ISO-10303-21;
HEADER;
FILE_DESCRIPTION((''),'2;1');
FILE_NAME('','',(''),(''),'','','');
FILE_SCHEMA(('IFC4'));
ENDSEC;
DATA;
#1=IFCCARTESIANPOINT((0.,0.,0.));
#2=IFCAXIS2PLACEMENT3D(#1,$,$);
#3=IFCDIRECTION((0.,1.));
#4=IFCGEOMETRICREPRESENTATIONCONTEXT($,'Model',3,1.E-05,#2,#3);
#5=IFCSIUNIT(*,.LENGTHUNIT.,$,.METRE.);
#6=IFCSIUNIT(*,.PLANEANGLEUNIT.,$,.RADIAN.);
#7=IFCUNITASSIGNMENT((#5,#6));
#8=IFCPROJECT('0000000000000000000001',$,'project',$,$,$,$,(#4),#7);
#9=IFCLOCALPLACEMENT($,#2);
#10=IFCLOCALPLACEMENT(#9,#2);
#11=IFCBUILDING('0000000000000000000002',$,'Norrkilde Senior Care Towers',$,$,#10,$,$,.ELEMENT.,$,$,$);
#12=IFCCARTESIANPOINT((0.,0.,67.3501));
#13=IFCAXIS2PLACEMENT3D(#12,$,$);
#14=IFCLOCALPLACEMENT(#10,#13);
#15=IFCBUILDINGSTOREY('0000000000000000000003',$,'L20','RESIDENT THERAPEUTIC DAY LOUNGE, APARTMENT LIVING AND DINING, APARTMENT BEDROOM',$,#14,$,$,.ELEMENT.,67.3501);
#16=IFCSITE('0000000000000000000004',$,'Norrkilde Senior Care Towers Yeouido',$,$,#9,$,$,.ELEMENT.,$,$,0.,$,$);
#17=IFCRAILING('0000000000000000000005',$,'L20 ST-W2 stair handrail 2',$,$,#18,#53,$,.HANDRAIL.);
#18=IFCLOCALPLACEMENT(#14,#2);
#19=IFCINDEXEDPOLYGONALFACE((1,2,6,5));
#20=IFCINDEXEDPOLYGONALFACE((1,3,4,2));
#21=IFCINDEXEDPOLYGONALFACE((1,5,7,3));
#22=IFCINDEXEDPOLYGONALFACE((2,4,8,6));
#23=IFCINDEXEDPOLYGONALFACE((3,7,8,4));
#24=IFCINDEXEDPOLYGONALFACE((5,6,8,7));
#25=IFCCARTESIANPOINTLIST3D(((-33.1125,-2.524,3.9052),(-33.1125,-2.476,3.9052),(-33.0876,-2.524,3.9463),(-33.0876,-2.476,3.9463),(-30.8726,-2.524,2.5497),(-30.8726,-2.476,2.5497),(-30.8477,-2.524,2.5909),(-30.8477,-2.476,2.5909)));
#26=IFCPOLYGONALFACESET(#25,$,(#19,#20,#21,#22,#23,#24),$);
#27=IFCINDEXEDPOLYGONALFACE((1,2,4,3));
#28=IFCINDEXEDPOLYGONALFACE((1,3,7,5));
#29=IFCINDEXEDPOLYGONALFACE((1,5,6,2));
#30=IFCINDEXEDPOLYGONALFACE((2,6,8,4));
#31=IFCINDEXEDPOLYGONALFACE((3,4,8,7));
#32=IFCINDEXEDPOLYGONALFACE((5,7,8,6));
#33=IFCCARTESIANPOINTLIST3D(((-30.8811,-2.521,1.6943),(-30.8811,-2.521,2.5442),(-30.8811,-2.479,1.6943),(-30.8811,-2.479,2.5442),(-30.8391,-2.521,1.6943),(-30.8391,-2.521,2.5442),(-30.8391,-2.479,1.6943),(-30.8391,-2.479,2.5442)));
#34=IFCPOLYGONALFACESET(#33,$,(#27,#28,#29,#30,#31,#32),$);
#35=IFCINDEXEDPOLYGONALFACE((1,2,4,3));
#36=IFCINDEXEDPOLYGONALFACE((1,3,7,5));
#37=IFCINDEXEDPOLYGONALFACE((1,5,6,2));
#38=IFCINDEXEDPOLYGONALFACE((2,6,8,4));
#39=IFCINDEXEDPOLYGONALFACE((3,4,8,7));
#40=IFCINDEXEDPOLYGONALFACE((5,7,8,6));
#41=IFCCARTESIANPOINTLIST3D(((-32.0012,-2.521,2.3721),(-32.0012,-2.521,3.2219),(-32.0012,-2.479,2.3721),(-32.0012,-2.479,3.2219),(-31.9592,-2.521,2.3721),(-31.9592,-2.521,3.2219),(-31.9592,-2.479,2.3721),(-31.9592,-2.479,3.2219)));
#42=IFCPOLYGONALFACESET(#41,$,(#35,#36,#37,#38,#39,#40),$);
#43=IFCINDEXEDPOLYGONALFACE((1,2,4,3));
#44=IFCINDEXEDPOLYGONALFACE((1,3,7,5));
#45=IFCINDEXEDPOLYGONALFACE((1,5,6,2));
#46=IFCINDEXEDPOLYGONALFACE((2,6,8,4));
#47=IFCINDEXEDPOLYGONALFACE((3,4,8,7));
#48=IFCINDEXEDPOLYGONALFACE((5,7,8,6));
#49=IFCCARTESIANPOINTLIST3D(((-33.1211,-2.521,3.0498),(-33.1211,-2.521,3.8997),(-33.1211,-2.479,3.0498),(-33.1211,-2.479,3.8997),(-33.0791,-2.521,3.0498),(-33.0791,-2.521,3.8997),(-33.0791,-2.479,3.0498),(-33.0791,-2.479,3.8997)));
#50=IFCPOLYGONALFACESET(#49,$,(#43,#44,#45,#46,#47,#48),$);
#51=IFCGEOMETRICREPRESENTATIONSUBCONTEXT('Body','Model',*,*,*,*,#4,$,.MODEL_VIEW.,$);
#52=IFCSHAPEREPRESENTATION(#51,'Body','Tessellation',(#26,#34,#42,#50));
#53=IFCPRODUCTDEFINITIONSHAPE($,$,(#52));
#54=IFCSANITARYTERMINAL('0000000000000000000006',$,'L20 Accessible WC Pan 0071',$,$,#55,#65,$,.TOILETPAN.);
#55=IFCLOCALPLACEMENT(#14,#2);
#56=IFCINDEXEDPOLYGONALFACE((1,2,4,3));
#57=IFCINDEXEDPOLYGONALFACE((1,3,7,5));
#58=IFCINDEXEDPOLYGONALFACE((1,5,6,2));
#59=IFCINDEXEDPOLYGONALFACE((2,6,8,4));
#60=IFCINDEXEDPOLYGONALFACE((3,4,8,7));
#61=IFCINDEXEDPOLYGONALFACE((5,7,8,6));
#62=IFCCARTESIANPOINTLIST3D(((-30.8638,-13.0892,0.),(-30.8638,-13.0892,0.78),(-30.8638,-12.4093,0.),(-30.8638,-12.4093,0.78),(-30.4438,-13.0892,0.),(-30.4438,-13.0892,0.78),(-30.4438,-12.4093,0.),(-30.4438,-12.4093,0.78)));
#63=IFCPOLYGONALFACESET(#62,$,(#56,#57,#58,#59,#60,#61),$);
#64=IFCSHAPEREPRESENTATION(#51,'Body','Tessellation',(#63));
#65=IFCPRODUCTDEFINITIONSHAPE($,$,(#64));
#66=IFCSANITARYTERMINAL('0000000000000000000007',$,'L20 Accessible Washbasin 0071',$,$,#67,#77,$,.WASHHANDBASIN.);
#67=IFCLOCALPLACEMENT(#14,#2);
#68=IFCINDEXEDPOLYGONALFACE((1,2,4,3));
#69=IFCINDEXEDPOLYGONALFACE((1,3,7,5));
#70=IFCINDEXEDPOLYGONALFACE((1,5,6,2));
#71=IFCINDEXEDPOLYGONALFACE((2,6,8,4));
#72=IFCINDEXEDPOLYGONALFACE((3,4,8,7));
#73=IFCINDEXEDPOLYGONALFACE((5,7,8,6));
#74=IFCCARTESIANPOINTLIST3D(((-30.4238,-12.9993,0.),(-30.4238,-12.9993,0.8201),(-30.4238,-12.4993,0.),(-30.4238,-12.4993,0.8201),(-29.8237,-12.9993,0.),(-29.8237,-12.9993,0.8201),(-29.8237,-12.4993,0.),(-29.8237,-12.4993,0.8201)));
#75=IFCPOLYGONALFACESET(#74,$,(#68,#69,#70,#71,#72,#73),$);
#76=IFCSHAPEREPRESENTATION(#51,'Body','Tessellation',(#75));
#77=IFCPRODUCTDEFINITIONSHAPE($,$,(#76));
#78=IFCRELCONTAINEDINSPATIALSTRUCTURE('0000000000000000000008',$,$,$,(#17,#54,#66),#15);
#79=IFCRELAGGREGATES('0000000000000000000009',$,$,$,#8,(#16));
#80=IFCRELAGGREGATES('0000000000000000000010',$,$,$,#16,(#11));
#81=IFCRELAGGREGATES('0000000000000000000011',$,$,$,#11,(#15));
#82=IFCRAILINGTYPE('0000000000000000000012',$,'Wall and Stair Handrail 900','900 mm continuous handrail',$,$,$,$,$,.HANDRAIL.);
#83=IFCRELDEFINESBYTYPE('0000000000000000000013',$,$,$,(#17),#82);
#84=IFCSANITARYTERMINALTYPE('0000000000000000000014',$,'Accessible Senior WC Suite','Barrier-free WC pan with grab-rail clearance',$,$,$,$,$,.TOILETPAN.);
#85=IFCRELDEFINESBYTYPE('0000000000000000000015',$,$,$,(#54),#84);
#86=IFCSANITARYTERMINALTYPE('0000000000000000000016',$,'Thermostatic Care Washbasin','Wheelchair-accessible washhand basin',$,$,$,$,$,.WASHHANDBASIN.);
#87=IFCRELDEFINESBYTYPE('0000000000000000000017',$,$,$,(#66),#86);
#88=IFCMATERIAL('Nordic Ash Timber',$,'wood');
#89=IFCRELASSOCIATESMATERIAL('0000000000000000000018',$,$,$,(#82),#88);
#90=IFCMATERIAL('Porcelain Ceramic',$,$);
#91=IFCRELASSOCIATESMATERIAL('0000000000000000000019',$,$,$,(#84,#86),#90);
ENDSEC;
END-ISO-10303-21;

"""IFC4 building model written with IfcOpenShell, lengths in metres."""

from ifc_helpers import new_model, si_unit, direction, frame, origin, origin_2d, place, context, subcontext, project, spatial, rectangle, extrude, source, transform, mapped, material, type_object, type_shapes, element, save


model = new_model("IFC4")

# Units and contexts
model_context = context("Model", 3, precision=1e-05, world=origin(), true_north=direction((0.0, 1.0)))
body_context = subcontext(model_context, "Body", "Model", "MODEL_VIEW")
ifc_project = project(units=[si_unit("LENGTHUNIT", "METRE"), si_unit("PLANEANGLEUNIT", "RADIAN")], contexts=[model_context])

# Site, building, storey
site_placement = place(None, origin())
site = spatial("IfcSite", under=ifc_project, at=site_placement, Name="Norrkilde Senior Care Towers Yeouido", CompositionType="ELEMENT", RefElevation=0.0)
building_placement = place(site_placement, origin())
building = spatial("IfcBuilding", under=site, at=building_placement, Name="Norrkilde Senior Care Towers", CompositionType="ELEMENT")
storey_placement = place(building_placement, frame((0.0, 0.0, 67.3501)))
storey = spatial("IfcBuildingStorey", under=building, at=storey_placement, Name="L20", Description="RESIDENT THERAPEUTIC DAY LOUNGE, APARTMENT LIVING AND DINING, APARTMENT BEDROOM", CompositionType="ELEMENT", Elevation=67.3501)

# Railing
ifc_material_1 = material(Name="Nordic Ash Timber", Category="wood")
railing_type_1 = type_object("IfcRailingType", Name="Wall and Stair Handrail 900", Description="900 mm continuous handrail", PredefinedType="HANDRAIL", material=ifc_material_1)
railing_1_placement = place(storey_placement, frame((-30.8601, -2.5, 1.6943)))
element("IfcRailing", 1, at=railing_1_placement, inside=storey, type_object=railing_type_1, Name="L20 ST-W2 stair handrail 2", PredefinedType="HANDRAIL", context=body_context, shape_type="SweptSolid", body=[
    extrude(rectangle(XDim=0.0481, YDim=0.0481, at=origin_2d()), frame((0.0, 0.0, 0.876), z_axis=(-0.855553, 0.0, 0.517715), x_axis=(0.0, -1.0, 0.0)), (0.0, 0.0, 1.0), 2.6182),
    extrude(rectangle(XDim=0.042, YDim=0.042, at=origin_2d()), origin(), (0.0, 0.0, 1.0), 0.8499),
    extrude(rectangle(XDim=0.042, YDim=0.042, at=origin_2d()), frame((-1.1201, 0.0, 0.6777)), (0.0, 0.0, 1.0), 0.8499),
    extrude(rectangle(XDim=0.042, YDim=0.042, at=origin_2d()), frame((-2.24, 0.0, 1.3555)), (0.0, 0.0, 1.0), 0.8499),
])

# Sanitary terminals
ifc_material_2 = material(Name="Porcelain Ceramic")
sanitary_terminal_type_1 = type_object("IfcSanitaryTerminalType", Name="Accessible Senior WC Suite", Description="Barrier-free WC pan with grab-rail clearance", PredefinedType="TOILETPAN", material=ifc_material_2)
shared_shape_1 = source(origin(), body_context, "Body", "SweptSolid", [
    extrude(rectangle(XDim=0.4199, YDim=0.6799, at=origin_2d()), origin(), (0.0, 0.0, 1.0), 0.78),
])
type_shapes(sanitary_terminal_type_1, [shared_shape_1])
sanitary_terminal_1_placement = place(storey_placement, frame((-30.6538, -12.7493, 0.0), z_axis=(0.0, 0.0, 1.0), x_axis=(1.0, 0.0, 0.0)))
element("IfcSanitaryTerminal", 2, at=sanitary_terminal_1_placement, inside=storey, type_object=sanitary_terminal_type_1, Name="L20 Accessible WC Pan 0071", PredefinedType="TOILETPAN", context=body_context, shape_type="MappedRepresentation", body=[
    mapped(shared_shape_1, transform((0.0, 0.0, 0.0), x_axis=(1.0, 0.0, 0.0), y_axis=(0.0, 1.0, 0.0), z_axis=(0.0, 0.0, 1.0), scale=1.0)),
])
sanitary_terminal_type_2 = type_object("IfcSanitaryTerminalType", Name="Thermostatic Care Washbasin", Description="Wheelchair-accessible washhand basin", PredefinedType="WASHHANDBASIN", material=ifc_material_2)
shared_shape_2 = source(origin(), body_context, "Body", "SweptSolid", [
    extrude(rectangle(XDim=0.6001, YDim=0.5, at=origin_2d()), origin(), (0.0, 0.0, 1.0), 0.8201),
])
type_shapes(sanitary_terminal_type_2, [shared_shape_2])
sanitary_terminal_2_placement = place(storey_placement, frame((-30.1238, -12.7493, 0.0), z_axis=(0.0, 0.0, 1.0), x_axis=(1.0, 0.0, 0.0)))
element("IfcSanitaryTerminal", 3, at=sanitary_terminal_2_placement, inside=storey, type_object=sanitary_terminal_type_2, Name="L20 Accessible Washbasin 0071", PredefinedType="WASHHANDBASIN", context=body_context, shape_type="MappedRepresentation", body=[
    mapped(shared_shape_2, transform((0.0, 0.0, 0.0), x_axis=(1.0, 0.0, 0.0), y_axis=(0.0, 1.0, 0.0), z_axis=(0.0, 0.0, 1.0), scale=1.0)),
])

save(model, "model.ifc")
